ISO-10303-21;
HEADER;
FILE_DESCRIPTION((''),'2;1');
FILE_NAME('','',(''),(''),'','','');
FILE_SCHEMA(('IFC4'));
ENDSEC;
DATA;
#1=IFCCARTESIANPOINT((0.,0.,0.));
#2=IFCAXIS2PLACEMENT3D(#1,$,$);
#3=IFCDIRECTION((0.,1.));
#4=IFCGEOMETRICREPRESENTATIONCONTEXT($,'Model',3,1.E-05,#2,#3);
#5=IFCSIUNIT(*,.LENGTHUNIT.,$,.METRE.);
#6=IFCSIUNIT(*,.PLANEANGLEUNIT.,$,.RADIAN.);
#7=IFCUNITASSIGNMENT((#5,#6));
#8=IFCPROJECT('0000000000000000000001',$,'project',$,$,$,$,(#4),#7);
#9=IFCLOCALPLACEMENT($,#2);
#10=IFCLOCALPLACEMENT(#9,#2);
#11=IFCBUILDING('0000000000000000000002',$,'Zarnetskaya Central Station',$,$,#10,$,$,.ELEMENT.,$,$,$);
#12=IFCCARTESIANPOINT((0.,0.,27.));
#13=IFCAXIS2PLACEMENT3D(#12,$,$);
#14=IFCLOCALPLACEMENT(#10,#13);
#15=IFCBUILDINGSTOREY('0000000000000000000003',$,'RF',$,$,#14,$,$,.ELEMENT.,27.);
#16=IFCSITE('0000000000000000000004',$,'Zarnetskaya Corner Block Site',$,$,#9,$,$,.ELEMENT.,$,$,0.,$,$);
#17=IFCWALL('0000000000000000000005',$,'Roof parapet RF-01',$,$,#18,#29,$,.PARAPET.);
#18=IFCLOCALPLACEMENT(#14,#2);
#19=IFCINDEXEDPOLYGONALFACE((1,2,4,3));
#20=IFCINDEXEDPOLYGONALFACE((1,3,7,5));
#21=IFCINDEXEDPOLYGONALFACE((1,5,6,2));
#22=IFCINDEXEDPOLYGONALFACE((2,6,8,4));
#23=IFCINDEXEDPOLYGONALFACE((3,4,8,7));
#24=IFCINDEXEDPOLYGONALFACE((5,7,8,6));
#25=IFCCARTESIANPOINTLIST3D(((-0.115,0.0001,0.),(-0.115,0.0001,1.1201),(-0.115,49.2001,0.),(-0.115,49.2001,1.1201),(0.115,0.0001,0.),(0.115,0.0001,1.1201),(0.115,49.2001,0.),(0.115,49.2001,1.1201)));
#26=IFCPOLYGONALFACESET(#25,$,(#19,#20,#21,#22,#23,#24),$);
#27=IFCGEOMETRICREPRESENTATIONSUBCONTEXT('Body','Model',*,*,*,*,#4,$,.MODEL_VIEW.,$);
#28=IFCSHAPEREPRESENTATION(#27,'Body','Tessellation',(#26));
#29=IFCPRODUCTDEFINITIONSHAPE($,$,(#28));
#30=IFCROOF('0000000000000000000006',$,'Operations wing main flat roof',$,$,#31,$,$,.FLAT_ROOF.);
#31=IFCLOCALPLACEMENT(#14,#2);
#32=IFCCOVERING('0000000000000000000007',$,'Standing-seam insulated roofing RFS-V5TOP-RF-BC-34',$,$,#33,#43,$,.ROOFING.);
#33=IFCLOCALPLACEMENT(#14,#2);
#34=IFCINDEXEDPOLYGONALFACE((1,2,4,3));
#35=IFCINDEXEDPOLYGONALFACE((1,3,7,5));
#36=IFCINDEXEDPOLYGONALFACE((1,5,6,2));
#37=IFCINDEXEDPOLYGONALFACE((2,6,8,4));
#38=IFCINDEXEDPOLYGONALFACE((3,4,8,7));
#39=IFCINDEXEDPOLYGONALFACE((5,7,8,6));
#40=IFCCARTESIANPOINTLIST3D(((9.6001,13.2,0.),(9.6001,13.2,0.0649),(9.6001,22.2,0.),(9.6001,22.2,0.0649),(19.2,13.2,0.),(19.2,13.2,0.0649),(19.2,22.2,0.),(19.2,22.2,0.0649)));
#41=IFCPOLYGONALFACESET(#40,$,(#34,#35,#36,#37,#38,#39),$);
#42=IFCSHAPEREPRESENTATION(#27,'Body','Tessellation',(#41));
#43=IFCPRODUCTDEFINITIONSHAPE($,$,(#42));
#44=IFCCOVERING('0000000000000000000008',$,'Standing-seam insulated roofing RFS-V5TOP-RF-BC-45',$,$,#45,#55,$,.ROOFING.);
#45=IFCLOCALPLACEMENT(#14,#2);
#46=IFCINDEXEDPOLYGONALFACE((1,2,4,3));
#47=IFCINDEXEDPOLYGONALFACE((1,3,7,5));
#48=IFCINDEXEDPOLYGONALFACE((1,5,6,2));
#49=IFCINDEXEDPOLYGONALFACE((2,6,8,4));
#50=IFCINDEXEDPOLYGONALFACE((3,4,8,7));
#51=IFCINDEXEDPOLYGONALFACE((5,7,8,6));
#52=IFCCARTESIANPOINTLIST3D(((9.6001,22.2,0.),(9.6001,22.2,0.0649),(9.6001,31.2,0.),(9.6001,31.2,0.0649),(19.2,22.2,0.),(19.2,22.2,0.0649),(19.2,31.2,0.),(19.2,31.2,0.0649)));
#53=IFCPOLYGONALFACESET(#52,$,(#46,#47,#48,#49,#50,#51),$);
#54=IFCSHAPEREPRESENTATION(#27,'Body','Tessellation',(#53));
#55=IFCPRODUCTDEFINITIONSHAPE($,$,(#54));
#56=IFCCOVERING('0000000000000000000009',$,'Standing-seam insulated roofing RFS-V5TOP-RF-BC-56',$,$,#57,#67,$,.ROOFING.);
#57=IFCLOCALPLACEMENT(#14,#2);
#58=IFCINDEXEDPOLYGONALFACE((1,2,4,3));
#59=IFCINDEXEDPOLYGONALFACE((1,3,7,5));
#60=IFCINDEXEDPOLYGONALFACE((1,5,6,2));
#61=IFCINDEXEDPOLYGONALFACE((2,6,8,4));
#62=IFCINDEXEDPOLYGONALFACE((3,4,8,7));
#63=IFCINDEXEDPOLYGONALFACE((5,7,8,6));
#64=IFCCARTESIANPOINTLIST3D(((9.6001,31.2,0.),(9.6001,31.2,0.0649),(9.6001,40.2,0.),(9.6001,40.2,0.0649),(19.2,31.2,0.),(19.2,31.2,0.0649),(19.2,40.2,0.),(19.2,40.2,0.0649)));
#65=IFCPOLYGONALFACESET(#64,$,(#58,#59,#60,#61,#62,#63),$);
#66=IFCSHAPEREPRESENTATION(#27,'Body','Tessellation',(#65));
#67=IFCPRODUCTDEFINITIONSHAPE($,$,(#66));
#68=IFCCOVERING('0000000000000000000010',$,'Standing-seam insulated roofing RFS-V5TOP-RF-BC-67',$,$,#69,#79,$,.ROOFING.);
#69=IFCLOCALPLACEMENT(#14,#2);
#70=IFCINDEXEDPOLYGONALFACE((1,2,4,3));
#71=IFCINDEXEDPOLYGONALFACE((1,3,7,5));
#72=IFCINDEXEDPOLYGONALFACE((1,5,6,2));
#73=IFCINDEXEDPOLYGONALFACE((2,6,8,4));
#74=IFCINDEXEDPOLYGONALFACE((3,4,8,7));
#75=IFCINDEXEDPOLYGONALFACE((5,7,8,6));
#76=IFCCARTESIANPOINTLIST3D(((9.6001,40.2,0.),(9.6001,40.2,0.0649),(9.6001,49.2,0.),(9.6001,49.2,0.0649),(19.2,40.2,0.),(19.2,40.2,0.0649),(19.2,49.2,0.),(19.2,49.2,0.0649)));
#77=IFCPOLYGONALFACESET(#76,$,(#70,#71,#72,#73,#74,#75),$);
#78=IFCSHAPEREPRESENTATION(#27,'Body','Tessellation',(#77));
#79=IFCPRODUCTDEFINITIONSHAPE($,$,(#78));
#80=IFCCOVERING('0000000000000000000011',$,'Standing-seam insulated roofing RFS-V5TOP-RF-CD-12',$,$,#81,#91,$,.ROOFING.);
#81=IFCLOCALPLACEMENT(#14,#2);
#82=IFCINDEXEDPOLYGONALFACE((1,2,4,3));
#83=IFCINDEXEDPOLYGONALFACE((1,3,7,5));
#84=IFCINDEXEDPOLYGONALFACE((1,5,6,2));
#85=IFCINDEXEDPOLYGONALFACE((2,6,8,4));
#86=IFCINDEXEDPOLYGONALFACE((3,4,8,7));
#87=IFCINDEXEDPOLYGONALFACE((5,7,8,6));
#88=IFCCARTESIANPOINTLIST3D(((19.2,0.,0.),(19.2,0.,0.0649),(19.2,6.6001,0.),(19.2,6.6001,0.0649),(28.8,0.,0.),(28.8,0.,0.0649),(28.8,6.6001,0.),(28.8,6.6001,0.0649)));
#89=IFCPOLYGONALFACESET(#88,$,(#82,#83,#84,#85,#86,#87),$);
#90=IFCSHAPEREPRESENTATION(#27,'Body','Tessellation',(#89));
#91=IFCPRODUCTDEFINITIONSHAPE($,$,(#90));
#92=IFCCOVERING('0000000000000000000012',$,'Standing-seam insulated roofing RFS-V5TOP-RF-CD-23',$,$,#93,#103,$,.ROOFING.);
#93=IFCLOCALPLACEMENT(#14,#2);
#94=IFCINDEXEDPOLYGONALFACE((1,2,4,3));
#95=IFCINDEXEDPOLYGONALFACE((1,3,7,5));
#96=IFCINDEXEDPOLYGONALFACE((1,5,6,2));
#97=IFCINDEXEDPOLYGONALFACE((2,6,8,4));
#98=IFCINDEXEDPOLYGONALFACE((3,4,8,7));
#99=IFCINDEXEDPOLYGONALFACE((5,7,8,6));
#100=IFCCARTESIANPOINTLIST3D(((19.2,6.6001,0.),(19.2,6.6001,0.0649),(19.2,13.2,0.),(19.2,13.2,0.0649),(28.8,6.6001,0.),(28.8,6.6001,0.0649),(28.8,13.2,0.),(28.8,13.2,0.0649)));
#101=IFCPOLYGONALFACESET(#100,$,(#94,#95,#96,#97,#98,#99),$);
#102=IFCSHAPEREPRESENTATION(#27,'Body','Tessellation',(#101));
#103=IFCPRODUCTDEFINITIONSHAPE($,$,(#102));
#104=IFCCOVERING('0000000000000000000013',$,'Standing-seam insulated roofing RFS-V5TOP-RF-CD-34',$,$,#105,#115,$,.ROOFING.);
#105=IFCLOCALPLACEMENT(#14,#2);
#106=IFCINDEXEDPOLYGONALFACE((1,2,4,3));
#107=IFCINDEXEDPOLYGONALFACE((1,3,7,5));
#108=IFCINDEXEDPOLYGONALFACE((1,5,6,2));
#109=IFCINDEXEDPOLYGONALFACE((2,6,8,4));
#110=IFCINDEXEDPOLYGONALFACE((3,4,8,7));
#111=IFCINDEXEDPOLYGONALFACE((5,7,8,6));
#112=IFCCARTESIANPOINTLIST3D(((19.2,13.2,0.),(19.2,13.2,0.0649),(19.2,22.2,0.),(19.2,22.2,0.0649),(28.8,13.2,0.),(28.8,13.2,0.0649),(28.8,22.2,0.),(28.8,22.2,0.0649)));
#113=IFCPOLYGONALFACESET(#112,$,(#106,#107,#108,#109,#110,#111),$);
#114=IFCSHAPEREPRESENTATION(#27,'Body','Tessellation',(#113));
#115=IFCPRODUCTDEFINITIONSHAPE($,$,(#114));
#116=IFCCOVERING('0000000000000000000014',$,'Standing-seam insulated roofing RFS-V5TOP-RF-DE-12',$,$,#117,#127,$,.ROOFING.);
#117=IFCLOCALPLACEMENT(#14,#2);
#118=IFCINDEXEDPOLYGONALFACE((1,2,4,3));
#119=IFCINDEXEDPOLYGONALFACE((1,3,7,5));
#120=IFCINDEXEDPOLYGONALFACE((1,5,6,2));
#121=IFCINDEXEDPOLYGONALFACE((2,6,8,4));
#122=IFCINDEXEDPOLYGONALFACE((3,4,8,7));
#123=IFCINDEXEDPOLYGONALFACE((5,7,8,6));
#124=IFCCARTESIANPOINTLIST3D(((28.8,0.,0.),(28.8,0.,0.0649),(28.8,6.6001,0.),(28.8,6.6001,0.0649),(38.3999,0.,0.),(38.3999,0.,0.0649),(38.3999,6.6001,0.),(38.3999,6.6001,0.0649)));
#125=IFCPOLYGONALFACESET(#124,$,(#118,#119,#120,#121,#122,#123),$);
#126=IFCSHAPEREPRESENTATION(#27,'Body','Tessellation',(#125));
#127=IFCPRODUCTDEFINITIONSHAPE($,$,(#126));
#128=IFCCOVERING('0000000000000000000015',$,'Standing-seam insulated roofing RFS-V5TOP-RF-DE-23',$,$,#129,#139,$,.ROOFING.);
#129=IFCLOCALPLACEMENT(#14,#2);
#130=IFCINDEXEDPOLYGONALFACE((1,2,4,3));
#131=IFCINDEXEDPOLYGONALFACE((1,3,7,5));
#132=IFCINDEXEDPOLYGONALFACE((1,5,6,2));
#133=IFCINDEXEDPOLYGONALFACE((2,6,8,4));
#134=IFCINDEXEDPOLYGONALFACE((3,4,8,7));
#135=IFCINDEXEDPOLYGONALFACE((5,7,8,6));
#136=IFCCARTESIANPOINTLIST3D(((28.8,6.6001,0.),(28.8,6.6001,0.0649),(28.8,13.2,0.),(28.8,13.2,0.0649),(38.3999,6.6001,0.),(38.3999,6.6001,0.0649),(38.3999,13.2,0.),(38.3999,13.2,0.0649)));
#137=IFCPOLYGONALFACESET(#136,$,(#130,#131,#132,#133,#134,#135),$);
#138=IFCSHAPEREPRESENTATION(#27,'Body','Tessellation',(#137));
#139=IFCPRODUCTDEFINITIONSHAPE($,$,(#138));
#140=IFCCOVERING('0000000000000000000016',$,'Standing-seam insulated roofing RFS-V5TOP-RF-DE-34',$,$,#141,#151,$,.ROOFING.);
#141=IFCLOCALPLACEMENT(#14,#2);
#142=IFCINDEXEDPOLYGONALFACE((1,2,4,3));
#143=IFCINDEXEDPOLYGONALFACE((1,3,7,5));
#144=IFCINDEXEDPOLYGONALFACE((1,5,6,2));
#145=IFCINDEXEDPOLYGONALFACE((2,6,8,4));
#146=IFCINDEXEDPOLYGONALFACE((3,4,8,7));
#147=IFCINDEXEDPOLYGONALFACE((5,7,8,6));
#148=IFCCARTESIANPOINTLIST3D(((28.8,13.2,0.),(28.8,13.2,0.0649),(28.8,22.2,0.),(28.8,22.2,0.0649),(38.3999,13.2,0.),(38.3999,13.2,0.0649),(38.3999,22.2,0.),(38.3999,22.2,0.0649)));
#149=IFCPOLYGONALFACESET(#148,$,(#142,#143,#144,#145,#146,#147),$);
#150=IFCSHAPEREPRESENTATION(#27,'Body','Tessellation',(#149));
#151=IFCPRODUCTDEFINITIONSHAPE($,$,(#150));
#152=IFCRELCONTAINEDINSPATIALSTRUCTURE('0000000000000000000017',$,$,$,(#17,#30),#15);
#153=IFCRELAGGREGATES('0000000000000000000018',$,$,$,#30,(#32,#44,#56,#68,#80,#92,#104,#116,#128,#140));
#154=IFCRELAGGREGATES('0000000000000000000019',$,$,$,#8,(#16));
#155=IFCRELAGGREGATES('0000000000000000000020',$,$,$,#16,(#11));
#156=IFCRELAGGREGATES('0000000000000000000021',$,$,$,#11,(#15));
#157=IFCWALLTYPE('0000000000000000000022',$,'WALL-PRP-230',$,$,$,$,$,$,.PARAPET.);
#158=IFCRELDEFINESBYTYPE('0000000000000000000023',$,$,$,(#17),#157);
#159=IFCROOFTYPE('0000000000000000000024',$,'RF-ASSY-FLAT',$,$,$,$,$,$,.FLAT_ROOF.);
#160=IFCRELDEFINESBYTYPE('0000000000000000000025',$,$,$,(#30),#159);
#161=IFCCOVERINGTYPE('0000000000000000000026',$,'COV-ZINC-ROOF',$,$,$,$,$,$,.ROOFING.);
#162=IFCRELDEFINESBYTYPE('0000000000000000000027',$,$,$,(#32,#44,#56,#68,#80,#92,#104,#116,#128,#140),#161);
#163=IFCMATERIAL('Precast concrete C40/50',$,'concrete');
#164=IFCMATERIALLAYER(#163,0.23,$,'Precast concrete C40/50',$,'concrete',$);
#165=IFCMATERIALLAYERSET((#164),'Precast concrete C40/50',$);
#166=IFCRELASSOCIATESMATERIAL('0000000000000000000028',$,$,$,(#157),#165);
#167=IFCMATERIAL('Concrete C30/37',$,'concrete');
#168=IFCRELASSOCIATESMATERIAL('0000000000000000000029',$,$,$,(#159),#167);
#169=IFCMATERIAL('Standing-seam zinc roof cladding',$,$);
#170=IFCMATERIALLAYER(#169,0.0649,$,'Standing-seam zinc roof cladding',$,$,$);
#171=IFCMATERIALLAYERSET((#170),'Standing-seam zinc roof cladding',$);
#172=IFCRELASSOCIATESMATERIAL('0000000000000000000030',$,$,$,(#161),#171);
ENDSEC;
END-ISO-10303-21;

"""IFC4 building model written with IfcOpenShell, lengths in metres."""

from ifc_helpers import new_model, si_unit, direction, frame, frame_2d, origin, place, context, subcontext, project, spatial, polyline, rectangle, outline, extrude, material, layer, layer_set, type_object, element, aggregate, save


model = new_model("IFC4")

# Units and contexts
model_context = context("Model", 3, precision=1e-05, world=origin(), true_north=direction((0.0, 1.0)))
body_context = subcontext(model_context, "Body", "Model", "MODEL_VIEW")
ifc_project = project(units=[si_unit("LENGTHUNIT", "METRE"), si_unit("PLANEANGLEUNIT", "RADIAN")], contexts=[model_context])

# Site, building, storey
site_placement = place(None, origin())
site = spatial("IfcSite", under=ifc_project, at=site_placement, Name="Zarnetskaya Corner Block Site", CompositionType="ELEMENT", RefElevation=0.0)
building_placement = place(site_placement, origin())
building = spatial("IfcBuilding", under=site, at=building_placement, Name="Zarnetskaya Central Station", CompositionType="ELEMENT")
storey_placement = place(building_placement, frame((0.0, 0.0, 27.0)))
storey = spatial("IfcBuildingStorey", under=building, at=storey_placement, Name="RF", CompositionType="ELEMENT", Elevation=27.0)

# Wall
ifc_material_1 = material(Name="Precast concrete C40/50", Category="concrete")
ifc_layer_1 = layer(ifc_material_1, 0.23, Name="Precast concrete C40/50", Category="concrete")
ifc_layer_set_1 = layer_set([ifc_layer_1], Name="Precast concrete C40/50")
wall_type = type_object("IfcWallType", Name="WALL-PRP-230", PredefinedType="PARAPET", material=ifc_layer_set_1)
wall_placement = place(storey_placement, frame((0.0, 0.0, 0.0), z_axis=(0.0, 0.0, 1.0), x_axis=(0.0, 1.0, 0.0)))
element("IfcWall", 1, at=wall_placement, inside=storey, type_object=wall_type, Name="Roof parapet RF-01", PredefinedType="PARAPET", context=body_context, shape_type="SweptSolid", body=[
    extrude(rectangle(XDim=49.2, YDim=0.23, at=frame_2d((24.6001, 0.0))), origin(), (0.0, 0.0, 1.0), 1.1201),
])

# Roof, coverings
ifc_material_2 = material(Name="Concrete C30/37", Category="concrete")
roof_type = type_object("IfcRoofType", Name="RF-ASSY-FLAT", PredefinedType="FLAT_ROOF", material=ifc_material_2)
roof_placement = place(storey_placement, origin())
roof = element("IfcRoof", 2, at=roof_placement, inside=storey, type_object=roof_type, Name="Operations wing main flat roof", PredefinedType="FLAT_ROOF")
ifc_material_3 = material(Name="Standing-seam zinc roof cladding")
ifc_layer_2 = layer(ifc_material_3, 0.0649, Name="Standing-seam zinc roof cladding")
ifc_layer_set_2 = layer_set([ifc_layer_2], Name="Standing-seam zinc roof cladding")
covering_type = type_object("IfcCoveringType", Name="COV-ZINC-ROOF", PredefinedType="ROOFING", material=ifc_layer_set_2)
covering_1_placement = place(storey_placement, origin())
covering_1 = element("IfcCovering", 3, at=covering_1_placement, type_object=covering_type, Name="Standing-seam insulated roofing RFS-V5TOP-RF-BC-34", PredefinedType="ROOFING", context=body_context, shape_type="SweptSolid", body=[
    extrude(outline(polyline([(9.6001, 13.2), (19.2, 13.2), (19.2, 22.2), (9.6001, 22.2), (9.6001, 13.2)])), origin(), (0.0, 0.0, 1.0), 0.0649),
])
covering_2_placement = place(storey_placement, origin())
covering_2 = element("IfcCovering", 4, at=covering_2_placement, type_object=covering_type, Name="Standing-seam insulated roofing RFS-V5TOP-RF-BC-45", PredefinedType="ROOFING", context=body_context, shape_type="SweptSolid", body=[
    extrude(outline(polyline([(9.6001, 22.2), (19.2, 22.2), (19.2, 31.2), (9.6001, 31.2), (9.6001, 22.2)])), origin(), (0.0, 0.0, 1.0), 0.0649),
])
covering_3_placement = place(storey_placement, origin())
covering_3 = element("IfcCovering", 5, at=covering_3_placement, type_object=covering_type, Name="Standing-seam insulated roofing RFS-V5TOP-RF-BC-56", PredefinedType="ROOFING", context=body_context, shape_type="SweptSolid", body=[
    extrude(outline(polyline([(9.6001, 31.2), (19.2, 31.2), (19.2, 40.2), (9.6001, 40.2), (9.6001, 31.2)])), origin(), (0.0, 0.0, 1.0), 0.0649),
])
covering_4_placement = place(storey_placement, origin())
covering_4 = element("IfcCovering", 6, at=covering_4_placement, type_object=covering_type, Name="Standing-seam insulated roofing RFS-V5TOP-RF-BC-67", PredefinedType="ROOFING", context=body_context, shape_type="SweptSolid", body=[
    extrude(outline(polyline([(9.6001, 40.2), (19.2, 40.2), (19.2, 49.2), (9.6001, 49.2), (9.6001, 40.2)])), origin(), (0.0, 0.0, 1.0), 0.0649),
])
covering_5_placement = place(storey_placement, origin())
covering_5 = element("IfcCovering", 7, at=covering_5_placement, type_object=covering_type, Name="Standing-seam insulated roofing RFS-V5TOP-RF-CD-12", PredefinedType="ROOFING", context=body_context, shape_type="SweptSolid", body=[
    extrude(outline(polyline([(19.2, 0.0), (28.8, 0.0), (28.8, 6.6001), (19.2, 6.6001), (19.2, 0.0)])), origin(), (0.0, 0.0, 1.0), 0.0649),
])
covering_6_placement = place(storey_placement, origin())
covering_6 = element("IfcCovering", 8, at=covering_6_placement, type_object=covering_type, Name="Standing-seam insulated roofing RFS-V5TOP-RF-CD-23", PredefinedType="ROOFING", context=body_context, shape_type="SweptSolid", body=[
    extrude(outline(polyline([(19.2, 6.6001), (28.8, 6.6001), (28.8, 13.2), (19.2, 13.2), (19.2, 6.6001)])), origin(), (0.0, 0.0, 1.0), 0.0649),
])
covering_7_placement = place(storey_placement, origin())
covering_7 = element("IfcCovering", 9, at=covering_7_placement, type_object=covering_type, Name="Standing-seam insulated roofing RFS-V5TOP-RF-CD-34", PredefinedType="ROOFING", context=body_context, shape_type="SweptSolid", body=[
    extrude(outline(polyline([(19.2, 13.2), (28.8, 13.2), (28.8, 22.2), (19.2, 22.2), (19.2, 13.2)])), origin(), (0.0, 0.0, 1.0), 0.0649),
])
covering_8_placement = place(storey_placement, origin())
covering_8 = element("IfcCovering", 10, at=covering_8_placement, type_object=covering_type, Name="Standing-seam insulated roofing RFS-V5TOP-RF-DE-12", PredefinedType="ROOFING", context=body_context, shape_type="SweptSolid", body=[
    extrude(outline(polyline([(28.8, 0.0), (38.3999, 0.0), (38.3999, 6.6001), (28.8, 6.6001), (28.8, 0.0)])), origin(), (0.0, 0.0, 1.0), 0.0649),
])
covering_9_placement = place(storey_placement, origin())
covering_9 = element("IfcCovering", 11, at=covering_9_placement, type_object=covering_type, Name="Standing-seam insulated roofing RFS-V5TOP-RF-DE-23", PredefinedType="ROOFING", context=body_context, shape_type="SweptSolid", body=[
    extrude(outline(polyline([(28.8, 6.6001), (38.3999, 6.6001), (38.3999, 13.2), (28.8, 13.2), (28.8, 6.6001)])), origin(), (0.0, 0.0, 1.0), 0.0649),
])
covering_10_placement = place(storey_placement, origin())
covering_10 = element("IfcCovering", 12, at=covering_10_placement, type_object=covering_type, Name="Standing-seam insulated roofing RFS-V5TOP-RF-DE-34", PredefinedType="ROOFING", context=body_context, shape_type="SweptSolid", body=[
    extrude(outline(polyline([(28.8, 13.2), (38.3999, 13.2), (38.3999, 22.2), (28.8, 22.2), (28.8, 13.2)])), origin(), (0.0, 0.0, 1.0), 0.0649),
])
aggregate(roof, [covering_1, covering_2, covering_3, covering_4, covering_5, covering_6, covering_7, covering_8, covering_9, covering_10])

save(model, "model.ifc")
